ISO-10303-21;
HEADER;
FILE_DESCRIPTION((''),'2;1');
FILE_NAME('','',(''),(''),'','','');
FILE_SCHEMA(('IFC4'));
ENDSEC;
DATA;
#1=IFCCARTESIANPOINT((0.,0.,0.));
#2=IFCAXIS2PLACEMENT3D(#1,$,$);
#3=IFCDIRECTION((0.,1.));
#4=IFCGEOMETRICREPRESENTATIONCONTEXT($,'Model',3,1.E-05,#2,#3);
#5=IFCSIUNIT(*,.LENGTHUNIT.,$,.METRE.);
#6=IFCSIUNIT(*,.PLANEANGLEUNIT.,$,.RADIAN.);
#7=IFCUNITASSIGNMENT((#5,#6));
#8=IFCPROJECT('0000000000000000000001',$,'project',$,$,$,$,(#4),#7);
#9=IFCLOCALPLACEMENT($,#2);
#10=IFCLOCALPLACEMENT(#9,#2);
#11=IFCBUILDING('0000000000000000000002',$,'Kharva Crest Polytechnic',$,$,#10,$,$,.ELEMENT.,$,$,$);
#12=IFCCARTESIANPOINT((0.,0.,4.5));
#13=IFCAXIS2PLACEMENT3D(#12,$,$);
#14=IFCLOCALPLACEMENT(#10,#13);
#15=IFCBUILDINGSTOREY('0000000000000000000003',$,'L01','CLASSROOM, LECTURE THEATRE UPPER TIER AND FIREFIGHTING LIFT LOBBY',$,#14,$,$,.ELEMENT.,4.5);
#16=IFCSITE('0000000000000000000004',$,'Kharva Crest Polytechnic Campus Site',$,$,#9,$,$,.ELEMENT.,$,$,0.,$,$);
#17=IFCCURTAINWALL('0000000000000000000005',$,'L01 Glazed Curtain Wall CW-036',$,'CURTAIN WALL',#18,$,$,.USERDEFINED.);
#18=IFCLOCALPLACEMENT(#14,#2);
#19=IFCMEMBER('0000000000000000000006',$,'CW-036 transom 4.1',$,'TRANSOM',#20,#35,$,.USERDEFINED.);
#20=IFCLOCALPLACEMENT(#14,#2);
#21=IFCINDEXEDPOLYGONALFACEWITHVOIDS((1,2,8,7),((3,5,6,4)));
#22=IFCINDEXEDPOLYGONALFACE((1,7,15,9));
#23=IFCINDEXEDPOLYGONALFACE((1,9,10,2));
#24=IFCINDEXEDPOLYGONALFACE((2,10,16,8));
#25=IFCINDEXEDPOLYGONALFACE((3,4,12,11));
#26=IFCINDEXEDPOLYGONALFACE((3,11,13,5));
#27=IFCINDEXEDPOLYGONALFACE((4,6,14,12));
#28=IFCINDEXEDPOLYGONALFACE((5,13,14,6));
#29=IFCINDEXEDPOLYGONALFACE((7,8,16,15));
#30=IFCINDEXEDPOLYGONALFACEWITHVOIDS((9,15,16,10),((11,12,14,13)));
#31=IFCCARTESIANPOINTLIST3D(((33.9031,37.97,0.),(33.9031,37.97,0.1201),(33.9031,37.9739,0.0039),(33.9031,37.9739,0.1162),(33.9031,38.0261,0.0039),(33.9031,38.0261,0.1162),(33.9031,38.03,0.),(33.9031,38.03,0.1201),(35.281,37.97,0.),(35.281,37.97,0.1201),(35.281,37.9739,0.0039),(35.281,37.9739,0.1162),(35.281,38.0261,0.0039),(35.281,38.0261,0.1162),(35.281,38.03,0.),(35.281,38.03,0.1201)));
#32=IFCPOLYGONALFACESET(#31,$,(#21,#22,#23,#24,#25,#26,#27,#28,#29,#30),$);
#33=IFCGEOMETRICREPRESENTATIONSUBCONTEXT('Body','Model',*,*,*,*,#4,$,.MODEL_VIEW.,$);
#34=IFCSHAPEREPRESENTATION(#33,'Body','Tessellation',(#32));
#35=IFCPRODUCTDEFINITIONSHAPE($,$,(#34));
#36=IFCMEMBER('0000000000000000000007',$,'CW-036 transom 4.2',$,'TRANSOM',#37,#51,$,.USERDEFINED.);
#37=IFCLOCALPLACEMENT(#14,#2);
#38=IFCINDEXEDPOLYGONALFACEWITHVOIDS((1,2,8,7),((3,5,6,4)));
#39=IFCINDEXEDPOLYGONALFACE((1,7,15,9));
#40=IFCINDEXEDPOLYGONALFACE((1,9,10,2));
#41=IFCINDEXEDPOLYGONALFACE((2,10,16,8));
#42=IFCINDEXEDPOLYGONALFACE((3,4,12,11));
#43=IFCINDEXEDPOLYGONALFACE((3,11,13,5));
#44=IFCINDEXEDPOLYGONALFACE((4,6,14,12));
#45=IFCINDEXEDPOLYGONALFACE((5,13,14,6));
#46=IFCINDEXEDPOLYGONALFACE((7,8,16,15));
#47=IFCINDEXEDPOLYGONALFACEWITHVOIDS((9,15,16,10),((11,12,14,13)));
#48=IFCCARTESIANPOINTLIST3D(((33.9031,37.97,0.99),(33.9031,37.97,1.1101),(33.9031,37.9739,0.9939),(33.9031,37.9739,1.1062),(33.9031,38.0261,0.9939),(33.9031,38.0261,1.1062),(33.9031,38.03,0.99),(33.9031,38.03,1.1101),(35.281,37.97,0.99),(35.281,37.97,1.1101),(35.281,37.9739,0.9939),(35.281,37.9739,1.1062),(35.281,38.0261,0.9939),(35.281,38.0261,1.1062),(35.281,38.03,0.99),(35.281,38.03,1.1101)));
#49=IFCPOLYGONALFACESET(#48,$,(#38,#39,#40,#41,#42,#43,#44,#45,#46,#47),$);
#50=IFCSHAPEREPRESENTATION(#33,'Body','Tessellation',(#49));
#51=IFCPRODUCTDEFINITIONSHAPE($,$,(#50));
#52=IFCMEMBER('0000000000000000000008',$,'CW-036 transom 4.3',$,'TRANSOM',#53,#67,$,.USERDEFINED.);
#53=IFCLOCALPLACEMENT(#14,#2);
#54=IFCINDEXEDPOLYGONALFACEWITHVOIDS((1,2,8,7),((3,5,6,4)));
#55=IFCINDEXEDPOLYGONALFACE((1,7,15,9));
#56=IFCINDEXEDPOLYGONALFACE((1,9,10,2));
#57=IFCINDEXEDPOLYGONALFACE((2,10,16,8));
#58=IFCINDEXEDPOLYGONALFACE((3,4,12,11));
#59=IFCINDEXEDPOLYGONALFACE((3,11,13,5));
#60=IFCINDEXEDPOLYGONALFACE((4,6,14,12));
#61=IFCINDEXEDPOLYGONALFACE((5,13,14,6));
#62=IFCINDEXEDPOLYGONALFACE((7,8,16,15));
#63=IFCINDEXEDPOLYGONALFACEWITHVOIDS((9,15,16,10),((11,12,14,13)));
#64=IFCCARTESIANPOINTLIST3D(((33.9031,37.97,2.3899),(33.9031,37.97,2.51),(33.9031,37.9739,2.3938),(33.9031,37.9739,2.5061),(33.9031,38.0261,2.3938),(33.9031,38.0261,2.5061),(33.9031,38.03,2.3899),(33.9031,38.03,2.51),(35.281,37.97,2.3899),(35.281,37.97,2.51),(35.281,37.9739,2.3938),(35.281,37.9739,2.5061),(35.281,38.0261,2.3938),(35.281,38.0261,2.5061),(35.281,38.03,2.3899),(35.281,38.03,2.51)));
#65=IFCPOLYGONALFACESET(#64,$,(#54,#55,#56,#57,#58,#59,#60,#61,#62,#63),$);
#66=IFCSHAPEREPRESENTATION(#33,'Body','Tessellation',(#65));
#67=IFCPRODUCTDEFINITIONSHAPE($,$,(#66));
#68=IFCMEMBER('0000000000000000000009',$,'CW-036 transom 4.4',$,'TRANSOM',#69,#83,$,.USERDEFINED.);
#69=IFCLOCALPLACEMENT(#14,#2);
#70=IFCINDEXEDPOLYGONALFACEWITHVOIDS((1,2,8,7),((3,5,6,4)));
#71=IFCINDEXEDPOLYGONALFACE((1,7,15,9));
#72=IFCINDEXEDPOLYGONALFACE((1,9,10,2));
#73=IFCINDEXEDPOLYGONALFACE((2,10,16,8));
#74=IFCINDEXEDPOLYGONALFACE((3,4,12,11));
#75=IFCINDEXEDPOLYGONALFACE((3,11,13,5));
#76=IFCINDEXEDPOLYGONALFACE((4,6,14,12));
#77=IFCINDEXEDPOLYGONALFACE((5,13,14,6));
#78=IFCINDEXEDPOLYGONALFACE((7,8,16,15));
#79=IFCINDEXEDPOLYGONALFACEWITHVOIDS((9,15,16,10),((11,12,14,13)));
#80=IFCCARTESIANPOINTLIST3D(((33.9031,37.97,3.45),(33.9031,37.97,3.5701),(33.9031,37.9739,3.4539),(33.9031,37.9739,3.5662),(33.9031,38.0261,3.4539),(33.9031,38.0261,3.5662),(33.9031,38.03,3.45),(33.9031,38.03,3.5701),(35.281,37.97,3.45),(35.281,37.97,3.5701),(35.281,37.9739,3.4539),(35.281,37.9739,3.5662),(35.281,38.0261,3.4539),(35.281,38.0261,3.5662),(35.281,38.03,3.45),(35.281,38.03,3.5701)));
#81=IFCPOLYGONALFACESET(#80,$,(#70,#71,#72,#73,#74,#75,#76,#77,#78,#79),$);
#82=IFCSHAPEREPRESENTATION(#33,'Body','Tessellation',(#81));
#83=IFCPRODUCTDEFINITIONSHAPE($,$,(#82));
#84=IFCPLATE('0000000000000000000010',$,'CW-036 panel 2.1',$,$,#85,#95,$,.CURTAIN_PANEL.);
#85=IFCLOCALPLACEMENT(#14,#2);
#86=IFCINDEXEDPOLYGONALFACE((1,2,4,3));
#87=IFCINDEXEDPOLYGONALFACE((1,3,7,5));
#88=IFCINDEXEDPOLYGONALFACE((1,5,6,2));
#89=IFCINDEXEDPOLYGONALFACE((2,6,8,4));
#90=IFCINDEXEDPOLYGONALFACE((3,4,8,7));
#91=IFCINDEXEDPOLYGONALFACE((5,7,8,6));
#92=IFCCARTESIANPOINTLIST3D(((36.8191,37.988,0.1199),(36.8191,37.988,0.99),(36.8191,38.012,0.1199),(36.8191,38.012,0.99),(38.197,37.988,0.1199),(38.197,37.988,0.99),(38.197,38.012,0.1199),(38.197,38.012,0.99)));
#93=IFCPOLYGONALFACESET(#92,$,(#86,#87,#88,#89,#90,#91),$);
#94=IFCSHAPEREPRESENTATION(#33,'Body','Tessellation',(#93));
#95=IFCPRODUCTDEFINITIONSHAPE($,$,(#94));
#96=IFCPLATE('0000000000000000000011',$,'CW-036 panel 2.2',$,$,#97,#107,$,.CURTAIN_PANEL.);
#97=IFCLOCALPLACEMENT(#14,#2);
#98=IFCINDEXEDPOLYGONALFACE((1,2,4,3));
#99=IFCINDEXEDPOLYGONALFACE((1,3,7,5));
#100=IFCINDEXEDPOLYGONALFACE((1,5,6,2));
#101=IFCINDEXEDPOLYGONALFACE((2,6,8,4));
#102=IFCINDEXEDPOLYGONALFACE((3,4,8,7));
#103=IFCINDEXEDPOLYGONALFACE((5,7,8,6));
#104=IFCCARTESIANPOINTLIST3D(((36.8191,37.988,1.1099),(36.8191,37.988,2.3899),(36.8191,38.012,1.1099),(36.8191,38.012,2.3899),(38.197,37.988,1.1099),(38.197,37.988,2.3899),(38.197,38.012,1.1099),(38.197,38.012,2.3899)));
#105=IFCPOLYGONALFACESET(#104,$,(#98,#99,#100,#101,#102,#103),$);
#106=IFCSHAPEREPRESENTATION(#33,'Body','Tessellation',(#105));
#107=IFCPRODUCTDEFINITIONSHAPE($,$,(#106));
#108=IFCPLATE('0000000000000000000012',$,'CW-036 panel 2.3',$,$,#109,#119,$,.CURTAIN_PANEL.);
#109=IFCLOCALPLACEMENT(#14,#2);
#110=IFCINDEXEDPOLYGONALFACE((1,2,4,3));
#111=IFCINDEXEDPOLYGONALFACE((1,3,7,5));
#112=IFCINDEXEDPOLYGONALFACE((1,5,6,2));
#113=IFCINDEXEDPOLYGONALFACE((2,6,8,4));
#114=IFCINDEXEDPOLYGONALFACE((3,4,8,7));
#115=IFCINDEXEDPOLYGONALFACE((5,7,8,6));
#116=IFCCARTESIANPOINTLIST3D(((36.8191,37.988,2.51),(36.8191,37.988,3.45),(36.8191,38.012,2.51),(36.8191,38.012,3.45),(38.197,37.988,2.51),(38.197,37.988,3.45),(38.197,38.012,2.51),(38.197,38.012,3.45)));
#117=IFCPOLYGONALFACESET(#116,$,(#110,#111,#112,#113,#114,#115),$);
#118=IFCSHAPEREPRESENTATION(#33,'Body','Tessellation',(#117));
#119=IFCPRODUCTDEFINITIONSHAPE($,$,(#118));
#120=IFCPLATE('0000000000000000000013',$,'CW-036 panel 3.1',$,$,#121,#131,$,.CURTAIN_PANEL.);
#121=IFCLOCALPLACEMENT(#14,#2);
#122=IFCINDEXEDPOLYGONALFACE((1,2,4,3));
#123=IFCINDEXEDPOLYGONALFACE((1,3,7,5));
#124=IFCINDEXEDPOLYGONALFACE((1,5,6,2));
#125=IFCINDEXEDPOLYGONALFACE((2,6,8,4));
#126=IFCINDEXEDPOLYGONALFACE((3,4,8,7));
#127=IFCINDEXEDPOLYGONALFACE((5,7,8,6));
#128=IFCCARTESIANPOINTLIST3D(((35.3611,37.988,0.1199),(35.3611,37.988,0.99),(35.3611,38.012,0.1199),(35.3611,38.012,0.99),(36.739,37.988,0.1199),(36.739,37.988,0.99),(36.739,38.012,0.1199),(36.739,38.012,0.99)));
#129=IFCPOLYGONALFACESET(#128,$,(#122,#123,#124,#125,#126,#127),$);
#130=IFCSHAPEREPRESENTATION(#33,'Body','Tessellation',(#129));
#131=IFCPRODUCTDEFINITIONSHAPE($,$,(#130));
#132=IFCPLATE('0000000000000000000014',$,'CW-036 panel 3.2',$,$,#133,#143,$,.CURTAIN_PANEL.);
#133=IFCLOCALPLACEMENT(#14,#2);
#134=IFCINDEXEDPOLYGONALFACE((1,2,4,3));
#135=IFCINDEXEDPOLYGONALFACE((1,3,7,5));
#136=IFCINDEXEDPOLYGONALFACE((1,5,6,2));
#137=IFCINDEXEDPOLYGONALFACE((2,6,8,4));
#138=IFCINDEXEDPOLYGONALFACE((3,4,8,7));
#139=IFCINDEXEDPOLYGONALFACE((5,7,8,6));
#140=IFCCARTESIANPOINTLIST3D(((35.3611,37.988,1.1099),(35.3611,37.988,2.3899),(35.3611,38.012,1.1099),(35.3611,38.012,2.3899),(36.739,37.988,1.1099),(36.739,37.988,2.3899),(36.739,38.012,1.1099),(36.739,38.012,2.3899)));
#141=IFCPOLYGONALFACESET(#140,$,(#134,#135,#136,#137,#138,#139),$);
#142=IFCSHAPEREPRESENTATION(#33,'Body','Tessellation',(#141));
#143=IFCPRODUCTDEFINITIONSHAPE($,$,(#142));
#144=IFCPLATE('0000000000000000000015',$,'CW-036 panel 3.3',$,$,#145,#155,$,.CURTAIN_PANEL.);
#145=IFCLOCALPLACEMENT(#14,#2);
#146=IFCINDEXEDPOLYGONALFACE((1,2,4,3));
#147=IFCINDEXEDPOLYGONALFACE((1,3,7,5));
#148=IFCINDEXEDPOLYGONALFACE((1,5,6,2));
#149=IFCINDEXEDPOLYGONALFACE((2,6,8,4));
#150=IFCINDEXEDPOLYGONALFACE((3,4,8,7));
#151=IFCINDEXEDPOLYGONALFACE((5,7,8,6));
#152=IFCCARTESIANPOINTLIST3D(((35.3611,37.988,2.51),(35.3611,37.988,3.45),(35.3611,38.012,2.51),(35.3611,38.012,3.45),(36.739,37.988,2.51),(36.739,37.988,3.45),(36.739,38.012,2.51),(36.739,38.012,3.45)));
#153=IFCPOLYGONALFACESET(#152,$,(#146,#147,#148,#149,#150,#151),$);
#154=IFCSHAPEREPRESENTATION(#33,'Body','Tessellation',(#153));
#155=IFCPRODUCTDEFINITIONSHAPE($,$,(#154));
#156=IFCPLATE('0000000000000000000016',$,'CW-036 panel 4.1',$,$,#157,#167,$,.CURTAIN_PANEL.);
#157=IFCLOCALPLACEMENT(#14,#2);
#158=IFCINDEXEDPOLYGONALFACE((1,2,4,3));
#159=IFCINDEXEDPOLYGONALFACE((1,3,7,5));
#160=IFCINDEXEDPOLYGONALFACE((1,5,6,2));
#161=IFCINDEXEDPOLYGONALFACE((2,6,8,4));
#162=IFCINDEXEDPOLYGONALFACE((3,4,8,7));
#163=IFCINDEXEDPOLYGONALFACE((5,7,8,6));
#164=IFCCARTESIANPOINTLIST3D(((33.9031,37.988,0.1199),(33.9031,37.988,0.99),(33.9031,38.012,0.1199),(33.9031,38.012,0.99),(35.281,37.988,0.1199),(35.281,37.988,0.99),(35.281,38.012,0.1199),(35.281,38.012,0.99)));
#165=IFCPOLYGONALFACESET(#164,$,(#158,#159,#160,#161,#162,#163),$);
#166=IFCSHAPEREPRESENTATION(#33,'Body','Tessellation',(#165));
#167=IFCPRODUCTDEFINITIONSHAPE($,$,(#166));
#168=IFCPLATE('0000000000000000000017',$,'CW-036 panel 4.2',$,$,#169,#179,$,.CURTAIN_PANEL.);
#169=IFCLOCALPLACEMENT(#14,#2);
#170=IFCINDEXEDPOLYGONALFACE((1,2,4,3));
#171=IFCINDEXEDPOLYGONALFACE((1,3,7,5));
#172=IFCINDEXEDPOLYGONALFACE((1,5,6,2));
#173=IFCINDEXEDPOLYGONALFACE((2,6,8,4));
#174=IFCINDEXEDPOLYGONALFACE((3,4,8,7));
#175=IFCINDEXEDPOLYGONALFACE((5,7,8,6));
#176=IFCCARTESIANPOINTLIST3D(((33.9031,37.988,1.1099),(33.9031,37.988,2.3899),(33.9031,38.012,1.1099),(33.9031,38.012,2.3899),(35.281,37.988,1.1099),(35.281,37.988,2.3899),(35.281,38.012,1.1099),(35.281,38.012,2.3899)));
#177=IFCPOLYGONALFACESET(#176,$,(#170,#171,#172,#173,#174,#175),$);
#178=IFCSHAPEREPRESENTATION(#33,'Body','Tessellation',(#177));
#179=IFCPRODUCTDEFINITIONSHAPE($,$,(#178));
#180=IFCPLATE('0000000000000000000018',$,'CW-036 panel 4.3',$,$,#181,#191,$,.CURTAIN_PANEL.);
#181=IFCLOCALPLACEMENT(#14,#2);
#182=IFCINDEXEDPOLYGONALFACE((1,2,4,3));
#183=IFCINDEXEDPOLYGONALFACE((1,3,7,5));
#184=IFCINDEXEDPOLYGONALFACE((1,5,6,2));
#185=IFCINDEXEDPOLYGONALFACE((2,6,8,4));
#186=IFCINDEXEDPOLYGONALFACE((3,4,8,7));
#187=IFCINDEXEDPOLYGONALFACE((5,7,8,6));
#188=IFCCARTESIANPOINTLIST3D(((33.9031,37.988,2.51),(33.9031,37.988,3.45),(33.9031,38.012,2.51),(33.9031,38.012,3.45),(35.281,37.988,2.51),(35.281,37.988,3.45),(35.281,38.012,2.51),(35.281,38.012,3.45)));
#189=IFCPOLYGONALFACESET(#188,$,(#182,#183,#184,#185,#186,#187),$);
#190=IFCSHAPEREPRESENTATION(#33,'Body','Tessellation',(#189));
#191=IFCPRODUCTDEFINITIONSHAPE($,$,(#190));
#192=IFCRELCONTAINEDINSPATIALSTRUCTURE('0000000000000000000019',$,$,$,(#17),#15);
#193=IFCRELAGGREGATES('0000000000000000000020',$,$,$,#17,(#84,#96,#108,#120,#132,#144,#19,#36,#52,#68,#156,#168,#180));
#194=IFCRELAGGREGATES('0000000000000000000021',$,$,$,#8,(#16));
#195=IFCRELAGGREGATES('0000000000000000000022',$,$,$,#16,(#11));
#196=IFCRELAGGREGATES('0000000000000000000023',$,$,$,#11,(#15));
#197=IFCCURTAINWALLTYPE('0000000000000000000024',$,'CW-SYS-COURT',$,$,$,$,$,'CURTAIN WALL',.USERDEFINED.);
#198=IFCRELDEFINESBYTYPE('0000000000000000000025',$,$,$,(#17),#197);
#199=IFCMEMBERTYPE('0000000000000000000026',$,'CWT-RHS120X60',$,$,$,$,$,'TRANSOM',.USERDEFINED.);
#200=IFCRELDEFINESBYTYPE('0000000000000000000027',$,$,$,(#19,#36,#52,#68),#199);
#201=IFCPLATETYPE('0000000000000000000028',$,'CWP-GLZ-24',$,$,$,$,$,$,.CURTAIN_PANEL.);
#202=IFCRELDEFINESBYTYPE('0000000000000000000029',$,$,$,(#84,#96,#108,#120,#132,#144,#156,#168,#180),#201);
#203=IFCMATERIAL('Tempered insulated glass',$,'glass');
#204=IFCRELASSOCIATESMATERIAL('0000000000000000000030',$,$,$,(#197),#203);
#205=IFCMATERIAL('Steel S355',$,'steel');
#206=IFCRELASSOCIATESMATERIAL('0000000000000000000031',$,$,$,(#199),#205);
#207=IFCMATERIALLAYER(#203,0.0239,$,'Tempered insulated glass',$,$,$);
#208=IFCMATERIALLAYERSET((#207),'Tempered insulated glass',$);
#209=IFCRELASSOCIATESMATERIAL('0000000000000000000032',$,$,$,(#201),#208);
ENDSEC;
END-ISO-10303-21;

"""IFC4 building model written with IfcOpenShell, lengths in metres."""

from ifc_helpers import new_model, si_unit, direction, frame, origin, origin_2d, place, context, subcontext, project, spatial, rectangle, hollow_rectangle, extrude, material, layer, layer_set, material_profile, profile_set, type_object, element, aggregate, save


model = new_model("IFC4")

# Units and contexts
model_context = context("Model", 3, precision=1e-05, world=origin(), true_north=direction((0.0, 1.0)))
body_context = subcontext(model_context, "Body", "Model", "MODEL_VIEW")
ifc_project = project(units=[si_unit("LENGTHUNIT", "METRE"), si_unit("PLANEANGLEUNIT", "RADIAN")], contexts=[model_context])

# Site, building, storey
site_placement = place(None, origin())
site = spatial("IfcSite", under=ifc_project, at=site_placement, Name="Kharva Crest Polytechnic Campus Site", CompositionType="ELEMENT", RefElevation=0.0)
building_placement = place(site_placement, origin())
building = spatial("IfcBuilding", under=site, at=building_placement, Name="Kharva Crest Polytechnic", CompositionType="ELEMENT")
storey_placement = place(building_placement, frame((0.0, 0.0, 4.5)))
storey = spatial("IfcBuildingStorey", under=building, at=storey_placement, Name="L01", Description="CLASSROOM, LECTURE THEATRE UPPER TIER AND FIREFIGHTING LIFT LOBBY", CompositionType="ELEMENT", Elevation=4.5)

# Curtain wall, members, plates
ifc_material_1 = material(Name="Tempered insulated glass", Category="glass")
curtain_wall_type = type_object("IfcCurtainWallType", Name="CW-SYS-COURT", ElementType="CURTAIN WALL", PredefinedType="USERDEFINED", material=ifc_material_1)
curtain_wall_placement = place(storey_placement, origin())
curtain_wall = element("IfcCurtainWall", 1, at=curtain_wall_placement, inside=storey, type_object=curtain_wall_type, Name="L01 Glazed Curtain Wall CW-036", ObjectType="CURTAIN WALL", PredefinedType="USERDEFINED")
ifc_material_2 = material(Name="Steel S355", Category="steel")
ifc_material_profile_1 = material_profile(ifc_material_2, hollow_rectangle(XDim=0.0601, YDim=0.1201, WallThickness=0.0039, at=origin_2d()), Name="RHS 120X60X4.0")
ifc_profile_set_1 = profile_set([ifc_material_profile_1], Name="Steel S355")
member_type_1 = type_object("IfcMemberType", Name="CWT-RHS120X60", ElementType="TRANSOM", PredefinedType="USERDEFINED", material=ifc_profile_set_1)
member_1_placement = place(storey_placement, frame((35.281, 38.0, 0.0601), z_axis=(-1.0, 0.0, 0.0), x_axis=(0.0, -1.0, 0.0)))
member_1 = element("IfcMember", 2, at=member_1_placement, type_object=member_type_1, Name="CW-036 transom 4.1", ObjectType="TRANSOM", PredefinedType="USERDEFINED", context=body_context, shape_type="SweptSolid", body=[
    extrude(hollow_rectangle(XDim=0.0601, YDim=0.1201, WallThickness=0.0039, at=origin_2d()), origin(), (0.0, 0.0, 1.0), 1.3779),
])
member_2_placement = place(storey_placement, frame((35.281, 38.0, 1.05), z_axis=(-1.0, 0.0, 0.0), x_axis=(0.0, -1.0, 0.0)))
member_2 = element("IfcMember", 3, at=member_2_placement, type_object=member_type_1, Name="CW-036 transom 4.2", ObjectType="TRANSOM", PredefinedType="USERDEFINED", context=body_context, shape_type="SweptSolid", body=[
    extrude(hollow_rectangle(XDim=0.0601, YDim=0.1201, WallThickness=0.0039, at=origin_2d()), origin(), (0.0, 0.0, 1.0), 1.3779),
])
member_3_placement = place(storey_placement, frame((35.281, 38.0, 2.45), z_axis=(-1.0, 0.0, 0.0), x_axis=(0.0, -1.0, 0.0)))
member_3 = element("IfcMember", 4, at=member_3_placement, type_object=member_type_1, Name="CW-036 transom 4.3", ObjectType="TRANSOM", PredefinedType="USERDEFINED", context=body_context, shape_type="SweptSolid", body=[
    extrude(hollow_rectangle(XDim=0.0601, YDim=0.1201, WallThickness=0.0039, at=origin_2d()), origin(), (0.0, 0.0, 1.0), 1.3779),
])
member_4_placement = place(storey_placement, frame((35.281, 38.0, 3.51), z_axis=(-1.0, 0.0, 0.0), x_axis=(0.0, -1.0, 0.0)))
member_4 = element("IfcMember", 5, at=member_4_placement, type_object=member_type_1, Name="CW-036 transom 4.4", ObjectType="TRANSOM", PredefinedType="USERDEFINED", context=body_context, shape_type="SweptSolid", body=[
    extrude(hollow_rectangle(XDim=0.0601, YDim=0.1201, WallThickness=0.0039, at=origin_2d()), origin(), (0.0, 0.0, 1.0), 1.3779),
])
ifc_layer = layer(ifc_material_1, 0.0239, Name="Tempered insulated glass")
ifc_layer_set = layer_set([ifc_layer], Name="Tempered insulated glass")
plate_type = type_object("IfcPlateType", Name="CWP-GLZ-24", PredefinedType="CURTAIN_PANEL", material=ifc_layer_set)
plate_1_placement = place(storey_placement, frame((37.5081, 38.0, 0.1199), z_axis=(0.0, 0.0, 1.0), x_axis=(-1.0, 0.0, 0.0)))
plate_1 = element("IfcPlate", 6, at=plate_1_placement, type_object=plate_type, Name="CW-036 panel 2.1", PredefinedType="CURTAIN_PANEL", context=body_context, shape_type="SweptSolid", body=[
    extrude(rectangle(XDim=1.3779, YDim=0.0239, at=origin_2d()), origin(), (0.0, 0.0, 1.0), 0.8701),
])
plate_2_placement = place(storey_placement, frame((37.5081, 38.0, 1.1099), z_axis=(0.0, 0.0, 1.0), x_axis=(-1.0, 0.0, 0.0)))
plate_2 = element("IfcPlate", 7, at=plate_2_placement, type_object=plate_type, Name="CW-036 panel 2.2", PredefinedType="CURTAIN_PANEL", context=body_context, shape_type="SweptSolid", body=[
    extrude(rectangle(XDim=1.3779, YDim=0.0239, at=origin_2d()), origin(), (0.0, 0.0, 1.0), 1.28),
])
plate_3_placement = place(storey_placement, frame((37.5081, 38.0, 2.51), z_axis=(0.0, 0.0, 1.0), x_axis=(-1.0, 0.0, 0.0)))
plate_3 = element("IfcPlate", 8, at=plate_3_placement, type_object=plate_type, Name="CW-036 panel 2.3", PredefinedType="CURTAIN_PANEL", context=body_context, shape_type="SweptSolid", body=[
    extrude(rectangle(XDim=1.3779, YDim=0.0239, at=origin_2d()), origin(), (0.0, 0.0, 1.0), 0.9399),
])
plate_4_placement = place(storey_placement, frame((36.05, 38.0, 0.1199), z_axis=(0.0, 0.0, 1.0), x_axis=(-1.0, 0.0, 0.0)))
plate_4 = element("IfcPlate", 9, at=plate_4_placement, type_object=plate_type, Name="CW-036 panel 3.1", PredefinedType="CURTAIN_PANEL", context=body_context, shape_type="SweptSolid", body=[
    extrude(rectangle(XDim=1.3779, YDim=0.0239, at=origin_2d()), origin(), (0.0, 0.0, 1.0), 0.8701),
])
plate_5_placement = place(storey_placement, frame((36.05, 38.0, 1.1099), z_axis=(0.0, 0.0, 1.0), x_axis=(-1.0, 0.0, 0.0)))
plate_5 = element("IfcPlate", 10, at=plate_5_placement, type_object=plate_type, Name="CW-036 panel 3.2", PredefinedType="CURTAIN_PANEL", context=body_context, shape_type="SweptSolid", body=[
    extrude(rectangle(XDim=1.3779, YDim=0.0239, at=origin_2d()), origin(), (0.0, 0.0, 1.0), 1.28),
])
plate_6_placement = place(storey_placement, frame((36.05, 38.0, 2.51), z_axis=(0.0, 0.0, 1.0), x_axis=(-1.0, 0.0, 0.0)))
plate_6 = element("IfcPlate", 11, at=plate_6_placement, type_object=plate_type, Name="CW-036 panel 3.3", PredefinedType="CURTAIN_PANEL", context=body_context, shape_type="SweptSolid", body=[
    extrude(rectangle(XDim=1.3779, YDim=0.0239, at=origin_2d()), origin(), (0.0, 0.0, 1.0), 0.9399),
])
plate_7_placement = place(storey_placement, frame((34.592, 38.0, 0.1199), z_axis=(0.0, 0.0, 1.0), x_axis=(-1.0, 0.0, 0.0)))
plate_7 = element("IfcPlate", 12, at=plate_7_placement, type_object=plate_type, Name="CW-036 panel 4.1", PredefinedType="CURTAIN_PANEL", context=body_context, shape_type="SweptSolid", body=[
    extrude(rectangle(XDim=1.3779, YDim=0.0239, at=origin_2d()), origin(), (0.0, 0.0, 1.0), 0.8701),
])
plate_8_placement = place(storey_placement, frame((34.592, 38.0, 1.1099), z_axis=(0.0, 0.0, 1.0), x_axis=(-1.0, 0.0, 0.0)))
plate_8 = element("IfcPlate", 13, at=plate_8_placement, type_object=plate_type, Name="CW-036 panel 4.2", PredefinedType="CURTAIN_PANEL", context=body_context, shape_type="SweptSolid", body=[
    extrude(rectangle(XDim=1.3779, YDim=0.0239, at=origin_2d()), origin(), (0.0, 0.0, 1.0), 1.28),
])
plate_9_placement = place(storey_placement, frame((34.592, 38.0, 2.51), z_axis=(0.0, 0.0, 1.0), x_axis=(-1.0, 0.0, 0.0)))
plate_9 = element("IfcPlate", 14, at=plate_9_placement, type_object=plate_type, Name="CW-036 panel 4.3", PredefinedType="CURTAIN_PANEL", context=body_context, shape_type="SweptSolid", body=[
    extrude(rectangle(XDim=1.3779, YDim=0.0239, at=origin_2d()), origin(), (0.0, 0.0, 1.0), 0.9399),
])
aggregate(curtain_wall, [plate_1, plate_2, plate_3, plate_4, plate_5, plate_6, member_1, member_2, member_3, member_4, plate_7, plate_8, plate_9])

save(model, "model.ifc")
